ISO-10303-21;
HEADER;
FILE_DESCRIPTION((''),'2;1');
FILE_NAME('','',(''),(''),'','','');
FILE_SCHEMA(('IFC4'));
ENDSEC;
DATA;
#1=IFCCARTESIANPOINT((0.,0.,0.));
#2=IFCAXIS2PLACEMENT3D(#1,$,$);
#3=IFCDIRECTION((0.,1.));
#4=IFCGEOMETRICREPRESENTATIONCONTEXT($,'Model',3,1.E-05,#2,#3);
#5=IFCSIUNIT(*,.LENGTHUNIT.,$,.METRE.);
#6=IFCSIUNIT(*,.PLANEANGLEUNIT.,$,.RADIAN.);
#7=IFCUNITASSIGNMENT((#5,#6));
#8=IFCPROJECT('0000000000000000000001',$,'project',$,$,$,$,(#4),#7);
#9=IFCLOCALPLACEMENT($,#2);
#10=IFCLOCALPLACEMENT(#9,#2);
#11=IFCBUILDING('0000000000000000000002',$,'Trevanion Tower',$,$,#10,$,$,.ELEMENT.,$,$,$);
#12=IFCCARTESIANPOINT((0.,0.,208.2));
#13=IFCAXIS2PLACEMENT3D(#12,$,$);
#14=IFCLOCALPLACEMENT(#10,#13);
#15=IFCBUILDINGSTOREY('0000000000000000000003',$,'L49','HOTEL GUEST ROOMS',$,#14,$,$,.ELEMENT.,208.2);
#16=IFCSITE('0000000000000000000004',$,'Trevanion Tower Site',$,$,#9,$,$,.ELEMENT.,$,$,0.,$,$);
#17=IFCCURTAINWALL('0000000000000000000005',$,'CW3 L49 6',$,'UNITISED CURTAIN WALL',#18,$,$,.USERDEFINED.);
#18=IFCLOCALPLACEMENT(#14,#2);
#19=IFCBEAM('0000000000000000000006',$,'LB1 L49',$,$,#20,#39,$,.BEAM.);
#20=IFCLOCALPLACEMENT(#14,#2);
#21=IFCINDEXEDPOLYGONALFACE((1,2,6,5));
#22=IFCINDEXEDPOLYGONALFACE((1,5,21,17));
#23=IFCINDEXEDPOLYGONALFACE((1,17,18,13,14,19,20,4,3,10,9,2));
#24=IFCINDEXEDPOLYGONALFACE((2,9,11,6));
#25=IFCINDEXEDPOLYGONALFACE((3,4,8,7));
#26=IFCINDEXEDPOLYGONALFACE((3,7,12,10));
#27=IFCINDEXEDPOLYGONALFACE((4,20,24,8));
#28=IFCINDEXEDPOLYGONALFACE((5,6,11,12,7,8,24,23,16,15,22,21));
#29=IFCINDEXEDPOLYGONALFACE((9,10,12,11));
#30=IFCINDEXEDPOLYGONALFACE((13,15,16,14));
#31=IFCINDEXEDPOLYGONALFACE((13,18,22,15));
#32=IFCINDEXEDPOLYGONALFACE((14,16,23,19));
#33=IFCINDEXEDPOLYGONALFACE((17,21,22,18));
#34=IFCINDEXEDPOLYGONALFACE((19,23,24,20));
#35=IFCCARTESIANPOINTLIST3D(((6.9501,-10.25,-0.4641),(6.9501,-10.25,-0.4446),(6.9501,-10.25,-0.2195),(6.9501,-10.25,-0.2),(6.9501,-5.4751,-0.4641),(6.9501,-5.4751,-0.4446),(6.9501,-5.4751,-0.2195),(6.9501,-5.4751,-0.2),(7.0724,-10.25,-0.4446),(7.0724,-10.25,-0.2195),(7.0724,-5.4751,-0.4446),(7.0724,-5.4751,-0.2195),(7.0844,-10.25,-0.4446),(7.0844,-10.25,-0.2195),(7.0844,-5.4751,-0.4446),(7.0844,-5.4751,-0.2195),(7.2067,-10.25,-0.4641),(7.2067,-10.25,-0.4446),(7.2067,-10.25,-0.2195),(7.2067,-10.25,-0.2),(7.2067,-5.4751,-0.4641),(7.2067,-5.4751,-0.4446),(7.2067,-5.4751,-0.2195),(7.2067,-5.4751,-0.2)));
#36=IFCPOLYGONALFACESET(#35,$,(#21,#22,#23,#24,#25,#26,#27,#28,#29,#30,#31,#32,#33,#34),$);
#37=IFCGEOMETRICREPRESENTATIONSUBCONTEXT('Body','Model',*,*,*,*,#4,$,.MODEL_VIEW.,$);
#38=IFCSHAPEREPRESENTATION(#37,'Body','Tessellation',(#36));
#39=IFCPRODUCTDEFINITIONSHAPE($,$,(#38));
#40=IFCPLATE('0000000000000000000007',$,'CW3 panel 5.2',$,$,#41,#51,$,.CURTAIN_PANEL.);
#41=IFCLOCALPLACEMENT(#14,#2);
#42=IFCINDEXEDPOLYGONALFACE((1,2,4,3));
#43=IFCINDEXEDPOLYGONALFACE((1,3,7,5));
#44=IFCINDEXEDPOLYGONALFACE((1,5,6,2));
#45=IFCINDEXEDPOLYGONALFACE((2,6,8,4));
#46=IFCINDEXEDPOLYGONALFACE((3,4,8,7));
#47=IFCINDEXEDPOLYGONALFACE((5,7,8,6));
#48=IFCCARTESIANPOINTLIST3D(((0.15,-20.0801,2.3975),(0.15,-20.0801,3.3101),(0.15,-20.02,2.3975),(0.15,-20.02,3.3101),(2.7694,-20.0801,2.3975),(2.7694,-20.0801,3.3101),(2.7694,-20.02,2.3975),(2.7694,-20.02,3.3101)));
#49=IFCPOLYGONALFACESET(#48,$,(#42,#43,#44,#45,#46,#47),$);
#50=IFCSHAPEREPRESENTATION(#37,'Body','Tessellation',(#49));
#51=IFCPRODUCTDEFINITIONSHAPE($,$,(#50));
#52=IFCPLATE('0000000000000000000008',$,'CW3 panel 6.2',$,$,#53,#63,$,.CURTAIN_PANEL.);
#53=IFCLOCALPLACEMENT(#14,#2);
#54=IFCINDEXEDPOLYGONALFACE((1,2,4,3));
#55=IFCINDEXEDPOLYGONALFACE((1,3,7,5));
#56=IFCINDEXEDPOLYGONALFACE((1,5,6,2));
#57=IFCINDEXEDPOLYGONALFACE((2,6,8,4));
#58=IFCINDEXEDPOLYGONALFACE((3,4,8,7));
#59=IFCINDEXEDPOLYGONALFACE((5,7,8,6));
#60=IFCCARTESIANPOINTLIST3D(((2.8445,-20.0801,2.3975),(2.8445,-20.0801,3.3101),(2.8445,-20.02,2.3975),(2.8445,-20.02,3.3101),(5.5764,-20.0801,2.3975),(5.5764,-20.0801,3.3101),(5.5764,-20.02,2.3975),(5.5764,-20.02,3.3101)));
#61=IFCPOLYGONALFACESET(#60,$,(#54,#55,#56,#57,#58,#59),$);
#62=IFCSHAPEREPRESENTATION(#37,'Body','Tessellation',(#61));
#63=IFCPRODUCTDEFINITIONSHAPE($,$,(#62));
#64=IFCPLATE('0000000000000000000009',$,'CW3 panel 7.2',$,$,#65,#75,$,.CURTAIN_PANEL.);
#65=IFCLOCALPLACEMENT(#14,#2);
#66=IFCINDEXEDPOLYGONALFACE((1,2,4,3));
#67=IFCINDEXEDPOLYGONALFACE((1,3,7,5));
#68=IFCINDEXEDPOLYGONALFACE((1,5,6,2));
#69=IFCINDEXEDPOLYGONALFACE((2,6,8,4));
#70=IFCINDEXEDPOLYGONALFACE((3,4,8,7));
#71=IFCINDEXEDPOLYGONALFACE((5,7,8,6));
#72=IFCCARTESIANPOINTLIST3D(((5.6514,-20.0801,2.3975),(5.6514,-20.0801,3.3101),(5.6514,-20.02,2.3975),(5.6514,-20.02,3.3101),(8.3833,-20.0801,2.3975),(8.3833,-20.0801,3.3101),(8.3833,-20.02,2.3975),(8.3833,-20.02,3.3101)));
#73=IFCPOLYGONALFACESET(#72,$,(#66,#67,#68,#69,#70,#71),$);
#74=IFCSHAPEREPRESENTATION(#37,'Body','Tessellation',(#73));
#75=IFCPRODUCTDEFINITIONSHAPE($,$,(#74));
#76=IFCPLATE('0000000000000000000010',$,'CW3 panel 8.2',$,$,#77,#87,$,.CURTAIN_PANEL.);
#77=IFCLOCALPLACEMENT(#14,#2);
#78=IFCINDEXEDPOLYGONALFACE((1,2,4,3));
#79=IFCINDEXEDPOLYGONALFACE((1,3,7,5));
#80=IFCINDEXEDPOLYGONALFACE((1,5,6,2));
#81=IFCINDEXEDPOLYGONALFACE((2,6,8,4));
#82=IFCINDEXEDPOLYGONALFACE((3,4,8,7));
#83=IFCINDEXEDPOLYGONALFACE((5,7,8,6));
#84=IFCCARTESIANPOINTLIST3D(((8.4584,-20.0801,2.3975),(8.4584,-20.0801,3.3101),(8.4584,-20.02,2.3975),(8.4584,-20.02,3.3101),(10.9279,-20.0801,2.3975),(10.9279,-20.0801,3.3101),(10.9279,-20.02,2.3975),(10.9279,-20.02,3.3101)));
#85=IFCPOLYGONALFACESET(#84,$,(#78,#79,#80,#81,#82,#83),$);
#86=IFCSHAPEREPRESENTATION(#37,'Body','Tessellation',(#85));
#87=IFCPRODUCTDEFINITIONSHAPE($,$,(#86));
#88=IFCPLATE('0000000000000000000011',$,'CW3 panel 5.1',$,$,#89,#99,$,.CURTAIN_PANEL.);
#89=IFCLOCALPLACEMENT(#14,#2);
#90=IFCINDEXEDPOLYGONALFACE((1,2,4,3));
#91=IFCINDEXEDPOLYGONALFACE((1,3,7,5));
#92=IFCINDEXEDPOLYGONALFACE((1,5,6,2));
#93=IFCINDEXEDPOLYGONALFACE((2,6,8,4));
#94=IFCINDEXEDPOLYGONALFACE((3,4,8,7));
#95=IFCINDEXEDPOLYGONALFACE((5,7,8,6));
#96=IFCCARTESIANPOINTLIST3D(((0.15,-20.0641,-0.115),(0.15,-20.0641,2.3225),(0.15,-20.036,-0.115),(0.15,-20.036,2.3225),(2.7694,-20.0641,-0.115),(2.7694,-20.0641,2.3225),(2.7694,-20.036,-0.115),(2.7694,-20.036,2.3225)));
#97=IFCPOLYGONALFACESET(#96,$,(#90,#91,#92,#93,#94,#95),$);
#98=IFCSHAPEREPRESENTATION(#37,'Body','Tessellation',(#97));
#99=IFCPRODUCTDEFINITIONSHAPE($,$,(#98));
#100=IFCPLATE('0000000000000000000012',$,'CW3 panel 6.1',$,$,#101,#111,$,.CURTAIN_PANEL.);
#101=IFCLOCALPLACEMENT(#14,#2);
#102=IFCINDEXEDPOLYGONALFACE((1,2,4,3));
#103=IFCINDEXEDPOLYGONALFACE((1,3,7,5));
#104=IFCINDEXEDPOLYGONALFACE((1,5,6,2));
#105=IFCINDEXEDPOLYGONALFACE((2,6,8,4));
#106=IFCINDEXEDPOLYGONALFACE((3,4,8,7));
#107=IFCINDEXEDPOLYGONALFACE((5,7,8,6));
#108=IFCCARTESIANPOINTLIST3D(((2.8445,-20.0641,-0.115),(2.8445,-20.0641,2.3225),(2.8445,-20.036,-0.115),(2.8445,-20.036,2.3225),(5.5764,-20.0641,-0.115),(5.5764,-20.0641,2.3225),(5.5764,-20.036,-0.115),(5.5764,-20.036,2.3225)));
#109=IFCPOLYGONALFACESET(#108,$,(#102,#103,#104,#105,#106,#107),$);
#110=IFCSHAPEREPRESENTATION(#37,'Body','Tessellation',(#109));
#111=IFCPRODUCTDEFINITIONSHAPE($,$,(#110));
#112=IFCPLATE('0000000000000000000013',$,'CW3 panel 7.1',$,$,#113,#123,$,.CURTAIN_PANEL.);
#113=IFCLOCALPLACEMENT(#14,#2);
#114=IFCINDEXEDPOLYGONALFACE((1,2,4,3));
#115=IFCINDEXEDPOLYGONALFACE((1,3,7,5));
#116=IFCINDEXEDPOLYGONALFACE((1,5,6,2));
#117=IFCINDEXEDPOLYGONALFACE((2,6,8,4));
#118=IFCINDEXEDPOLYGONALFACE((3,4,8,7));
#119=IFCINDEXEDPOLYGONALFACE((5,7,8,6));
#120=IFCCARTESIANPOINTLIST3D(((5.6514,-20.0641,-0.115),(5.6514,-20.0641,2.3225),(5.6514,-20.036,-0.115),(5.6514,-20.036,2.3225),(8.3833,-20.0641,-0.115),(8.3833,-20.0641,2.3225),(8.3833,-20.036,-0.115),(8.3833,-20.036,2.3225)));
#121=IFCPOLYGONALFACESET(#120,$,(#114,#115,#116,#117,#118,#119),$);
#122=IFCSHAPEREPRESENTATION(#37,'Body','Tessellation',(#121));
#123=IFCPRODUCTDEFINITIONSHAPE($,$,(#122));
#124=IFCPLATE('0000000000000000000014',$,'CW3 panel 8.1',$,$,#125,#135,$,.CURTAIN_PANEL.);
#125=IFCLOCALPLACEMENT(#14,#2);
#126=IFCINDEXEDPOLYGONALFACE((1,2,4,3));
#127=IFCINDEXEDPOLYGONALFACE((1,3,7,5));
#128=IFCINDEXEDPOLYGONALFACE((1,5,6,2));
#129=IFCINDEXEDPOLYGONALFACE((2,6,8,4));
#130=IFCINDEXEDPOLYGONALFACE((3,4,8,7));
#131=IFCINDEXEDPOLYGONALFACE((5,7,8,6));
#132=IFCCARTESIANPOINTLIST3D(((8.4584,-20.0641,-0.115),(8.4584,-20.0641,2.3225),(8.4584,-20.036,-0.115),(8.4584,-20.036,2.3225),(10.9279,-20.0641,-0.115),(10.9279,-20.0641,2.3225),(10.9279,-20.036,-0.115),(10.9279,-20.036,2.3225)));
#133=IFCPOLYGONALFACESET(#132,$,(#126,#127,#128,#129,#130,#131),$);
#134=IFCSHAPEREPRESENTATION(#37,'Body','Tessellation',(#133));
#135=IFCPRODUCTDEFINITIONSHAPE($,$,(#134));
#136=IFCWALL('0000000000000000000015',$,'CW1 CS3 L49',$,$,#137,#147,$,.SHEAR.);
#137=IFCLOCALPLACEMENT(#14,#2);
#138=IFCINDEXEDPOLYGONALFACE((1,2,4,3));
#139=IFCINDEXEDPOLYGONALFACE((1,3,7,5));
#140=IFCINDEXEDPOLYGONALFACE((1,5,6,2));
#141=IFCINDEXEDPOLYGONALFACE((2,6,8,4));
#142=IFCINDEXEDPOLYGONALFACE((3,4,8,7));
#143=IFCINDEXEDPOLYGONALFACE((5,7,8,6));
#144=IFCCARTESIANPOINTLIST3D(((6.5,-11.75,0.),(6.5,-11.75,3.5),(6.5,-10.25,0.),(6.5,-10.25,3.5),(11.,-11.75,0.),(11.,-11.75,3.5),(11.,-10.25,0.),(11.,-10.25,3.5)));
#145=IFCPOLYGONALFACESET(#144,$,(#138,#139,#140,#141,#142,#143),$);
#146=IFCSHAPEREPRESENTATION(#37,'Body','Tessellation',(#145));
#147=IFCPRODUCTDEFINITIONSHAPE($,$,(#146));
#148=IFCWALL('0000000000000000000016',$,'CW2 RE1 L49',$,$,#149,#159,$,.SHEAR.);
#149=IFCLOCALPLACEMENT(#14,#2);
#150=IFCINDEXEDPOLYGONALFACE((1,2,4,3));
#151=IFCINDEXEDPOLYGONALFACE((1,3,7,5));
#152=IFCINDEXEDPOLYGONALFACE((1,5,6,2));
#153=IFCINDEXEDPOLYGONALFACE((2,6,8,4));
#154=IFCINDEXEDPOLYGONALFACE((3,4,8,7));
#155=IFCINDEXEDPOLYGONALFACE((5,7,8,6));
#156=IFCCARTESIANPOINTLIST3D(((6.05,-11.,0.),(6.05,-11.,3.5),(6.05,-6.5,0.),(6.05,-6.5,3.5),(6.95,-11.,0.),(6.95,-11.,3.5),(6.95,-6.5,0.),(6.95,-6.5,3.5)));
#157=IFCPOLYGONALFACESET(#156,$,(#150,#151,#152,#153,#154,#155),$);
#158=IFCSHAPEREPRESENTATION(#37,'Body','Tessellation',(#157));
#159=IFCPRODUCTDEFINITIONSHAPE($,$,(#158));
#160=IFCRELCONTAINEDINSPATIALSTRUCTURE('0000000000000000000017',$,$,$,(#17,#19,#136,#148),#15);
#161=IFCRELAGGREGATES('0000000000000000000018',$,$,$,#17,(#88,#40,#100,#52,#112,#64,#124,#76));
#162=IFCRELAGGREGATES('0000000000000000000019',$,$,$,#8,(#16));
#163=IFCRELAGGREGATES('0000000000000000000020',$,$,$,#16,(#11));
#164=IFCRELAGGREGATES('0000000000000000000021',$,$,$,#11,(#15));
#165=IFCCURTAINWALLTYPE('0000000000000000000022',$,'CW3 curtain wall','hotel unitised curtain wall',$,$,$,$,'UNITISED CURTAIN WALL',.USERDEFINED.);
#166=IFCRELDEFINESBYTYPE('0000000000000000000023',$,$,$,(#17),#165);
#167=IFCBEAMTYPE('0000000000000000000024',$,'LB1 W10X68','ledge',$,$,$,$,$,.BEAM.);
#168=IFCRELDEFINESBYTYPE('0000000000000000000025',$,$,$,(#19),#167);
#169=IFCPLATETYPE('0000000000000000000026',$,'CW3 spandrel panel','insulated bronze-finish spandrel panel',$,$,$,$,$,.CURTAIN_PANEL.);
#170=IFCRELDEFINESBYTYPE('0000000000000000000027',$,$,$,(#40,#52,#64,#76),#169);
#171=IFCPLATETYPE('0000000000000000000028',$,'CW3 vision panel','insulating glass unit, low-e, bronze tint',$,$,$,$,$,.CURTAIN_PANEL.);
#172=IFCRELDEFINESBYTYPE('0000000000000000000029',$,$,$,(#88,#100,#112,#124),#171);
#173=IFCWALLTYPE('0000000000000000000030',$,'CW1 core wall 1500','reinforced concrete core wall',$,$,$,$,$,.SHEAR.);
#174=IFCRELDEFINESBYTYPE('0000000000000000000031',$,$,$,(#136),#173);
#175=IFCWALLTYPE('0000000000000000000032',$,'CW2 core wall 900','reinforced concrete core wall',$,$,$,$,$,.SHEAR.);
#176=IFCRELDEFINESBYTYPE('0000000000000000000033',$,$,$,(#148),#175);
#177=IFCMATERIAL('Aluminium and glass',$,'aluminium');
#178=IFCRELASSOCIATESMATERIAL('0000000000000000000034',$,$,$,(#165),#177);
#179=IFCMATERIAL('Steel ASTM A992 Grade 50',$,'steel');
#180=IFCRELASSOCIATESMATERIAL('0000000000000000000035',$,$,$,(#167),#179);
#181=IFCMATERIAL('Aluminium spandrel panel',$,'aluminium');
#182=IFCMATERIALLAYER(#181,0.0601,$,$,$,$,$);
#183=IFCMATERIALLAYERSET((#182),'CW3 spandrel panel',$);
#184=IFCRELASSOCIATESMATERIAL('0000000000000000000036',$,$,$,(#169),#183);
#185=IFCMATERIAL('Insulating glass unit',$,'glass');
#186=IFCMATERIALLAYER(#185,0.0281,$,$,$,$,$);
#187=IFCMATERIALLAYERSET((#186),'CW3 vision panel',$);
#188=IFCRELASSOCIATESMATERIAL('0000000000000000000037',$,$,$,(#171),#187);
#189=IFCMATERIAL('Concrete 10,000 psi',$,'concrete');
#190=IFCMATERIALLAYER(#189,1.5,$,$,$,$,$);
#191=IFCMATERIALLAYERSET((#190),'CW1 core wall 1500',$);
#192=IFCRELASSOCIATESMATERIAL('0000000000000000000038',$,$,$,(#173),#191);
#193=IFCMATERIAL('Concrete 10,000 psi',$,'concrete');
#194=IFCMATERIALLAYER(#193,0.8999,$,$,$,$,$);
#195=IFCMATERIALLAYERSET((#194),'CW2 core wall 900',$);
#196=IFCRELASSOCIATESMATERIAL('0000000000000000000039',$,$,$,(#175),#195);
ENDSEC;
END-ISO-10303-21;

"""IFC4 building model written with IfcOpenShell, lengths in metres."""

from ifc_helpers import new_model, si_unit, direction, frame, frame_2d, origin, origin_2d, place, context, subcontext, project, spatial, rectangle, i_section, extrude, material, layer, layer_set, material_profile, profile_set, type_object, element, aggregate, save


model = new_model("IFC4")

# Units and contexts
model_context = context("Model", 3, precision=1e-05, world=origin(), true_north=direction((0.0, 1.0)))
body_context = subcontext(model_context, "Body", "Model", "MODEL_VIEW")
ifc_project = project(units=[si_unit("LENGTHUNIT", "METRE"), si_unit("PLANEANGLEUNIT", "RADIAN")], contexts=[model_context])

# Site, building, storey
site_placement = place(None, origin())
site = spatial("IfcSite", under=ifc_project, at=site_placement, Name="Trevanion Tower Site", CompositionType="ELEMENT", RefElevation=0.0)
building_placement = place(site_placement, origin())
building = spatial("IfcBuilding", under=site, at=building_placement, Name="Trevanion Tower", CompositionType="ELEMENT")
storey_placement = place(building_placement, frame((0.0, 0.0, 208.2)))
storey = spatial("IfcBuildingStorey", under=building, at=storey_placement, Name="L49", Description="HOTEL GUEST ROOMS", CompositionType="ELEMENT", Elevation=208.2)

# Curtain wall
ifc_material_1 = material(Name="Aluminium and glass", Category="aluminium")
curtain_wall_type = type_object("IfcCurtainWallType", Name="CW3 curtain wall", Description="hotel unitised curtain wall", ElementType="UNITISED CURTAIN WALL", PredefinedType="USERDEFINED", material=ifc_material_1)
curtain_wall_placement = place(storey_placement, origin())
curtain_wall = element("IfcCurtainWall", 1, at=curtain_wall_placement, inside=storey, type_object=curtain_wall_type, Name="CW3 L49 6", ObjectType="UNITISED CURTAIN WALL", PredefinedType="USERDEFINED")

# Beam
ifc_material_2 = material(Name="Steel ASTM A992 Grade 50", Category="steel")
ifc_material_profile_1 = material_profile(ifc_material_2, i_section(OverallWidth=0.2566, OverallDepth=0.2642, WebThickness=0.012, FlangeThickness=0.0195, at=origin_2d()), Name="W10X68")
ifc_profile_set_1 = profile_set([ifc_material_profile_1], Name="Steel ASTM A992 Grade 50")
beam_type_1 = type_object("IfcBeamType", Name="LB1 W10X68", Description="ledge", PredefinedType="BEAM", material=ifc_profile_set_1)
beam_placement = place(storey_placement, frame((7.0784, -10.25, -0.332), z_axis=(0.0, 1.0, 0.0), x_axis=(-1.0, 0.0, 0.0)))
element("IfcBeam", 2, at=beam_placement, inside=storey, type_object=beam_type_1, Name="LB1 L49", PredefinedType="BEAM", context=body_context, shape_type="SweptSolid", body=[
    extrude(i_section(OverallWidth=0.2566, OverallDepth=0.2642, WebThickness=0.012, FlangeThickness=0.0195, at=origin_2d()), origin(), (0.0, 0.0, 1.0), 4.7749),
])

# Plates
ifc_material_3 = material(Name="Aluminium spandrel panel", Category="aluminium")
ifc_layer_1 = layer(ifc_material_3, 0.0601)
ifc_layer_set_1 = layer_set([ifc_layer_1], Name="CW3 spandrel panel")
plate_type_1 = type_object("IfcPlateType", Name="CW3 spandrel panel", Description="insulated bronze-finish spandrel panel", PredefinedType="CURTAIN_PANEL", material=ifc_layer_set_1)
plate_1_placement = place(storey_placement, frame((1.4597, -20.05, 2.3975), z_axis=(0.0, 0.0, 1.0), x_axis=(1.0, 0.0, 0.0)))
plate_1 = element("IfcPlate", 3, at=plate_1_placement, type_object=plate_type_1, Name="CW3 panel 5.2", PredefinedType="CURTAIN_PANEL", context=body_context, shape_type="SweptSolid", body=[
    extrude(rectangle(XDim=2.6194, YDim=0.0601, at=origin_2d()), origin(), (0.0, 0.0, 1.0), 0.9126),
])
plate_2_placement = place(storey_placement, frame((4.2104, -20.05, 2.3975), z_axis=(0.0, 0.0, 1.0), x_axis=(1.0, 0.0, 0.0)))
plate_2 = element("IfcPlate", 4, at=plate_2_placement, type_object=plate_type_1, Name="CW3 panel 6.2", PredefinedType="CURTAIN_PANEL", context=body_context, shape_type="SweptSolid", body=[
    extrude(rectangle(XDim=2.7319, YDim=0.0601, at=origin_2d()), origin(), (0.0, 0.0, 1.0), 0.9126),
])
plate_3_placement = place(storey_placement, frame((7.0173, -20.05, 2.3975), z_axis=(0.0, 0.0, 1.0), x_axis=(1.0, 0.0, 0.0)))
plate_3 = element("IfcPlate", 5, at=plate_3_placement, type_object=plate_type_1, Name="CW3 panel 7.2", PredefinedType="CURTAIN_PANEL", context=body_context, shape_type="SweptSolid", body=[
    extrude(rectangle(XDim=2.7319, YDim=0.0601, at=origin_2d()), origin(), (0.0, 0.0, 1.0), 0.9126),
])
plate_4_placement = place(storey_placement, frame((9.6931, -20.05, 2.3975), z_axis=(0.0, 0.0, 1.0), x_axis=(1.0, 0.0, 0.0)))
plate_4 = element("IfcPlate", 6, at=plate_4_placement, type_object=plate_type_1, Name="CW3 panel 8.2", PredefinedType="CURTAIN_PANEL", context=body_context, shape_type="SweptSolid", body=[
    extrude(rectangle(XDim=2.4695, YDim=0.0601, at=origin_2d()), origin(), (0.0, 0.0, 1.0), 0.9126),
])
ifc_material_4 = material(Name="Insulating glass unit", Category="glass")
ifc_layer_2 = layer(ifc_material_4, 0.0281)
ifc_layer_set_2 = layer_set([ifc_layer_2], Name="CW3 vision panel")
plate_type_2 = type_object("IfcPlateType", Name="CW3 vision panel", Description="insulating glass unit, low-e, bronze tint", PredefinedType="CURTAIN_PANEL", material=ifc_layer_set_2)
plate_5_placement = place(storey_placement, frame((1.4597, -20.05, -0.115), z_axis=(0.0, 0.0, 1.0), x_axis=(1.0, 0.0, 0.0)))
plate_5 = element("IfcPlate", 7, at=plate_5_placement, type_object=plate_type_2, Name="CW3 panel 5.1", PredefinedType="CURTAIN_PANEL", context=body_context, shape_type="SweptSolid", body=[
    extrude(rectangle(XDim=2.6194, YDim=0.0281, at=origin_2d()), origin(), (0.0, 0.0, 1.0), 2.4375),
])
plate_6_placement = place(storey_placement, frame((4.2104, -20.05, -0.115), z_axis=(0.0, 0.0, 1.0), x_axis=(1.0, 0.0, 0.0)))
plate_6 = element("IfcPlate", 8, at=plate_6_placement, type_object=plate_type_2, Name="CW3 panel 6.1", PredefinedType="CURTAIN_PANEL", context=body_context, shape_type="SweptSolid", body=[
    extrude(rectangle(XDim=2.7319, YDim=0.0281, at=origin_2d()), origin(), (0.0, 0.0, 1.0), 2.4375),
])
plate_7_placement = place(storey_placement, frame((7.0173, -20.05, -0.115), z_axis=(0.0, 0.0, 1.0), x_axis=(1.0, 0.0, 0.0)))
plate_7 = element("IfcPlate", 9, at=plate_7_placement, type_object=plate_type_2, Name="CW3 panel 7.1", PredefinedType="CURTAIN_PANEL", context=body_context, shape_type="SweptSolid", body=[
    extrude(rectangle(XDim=2.7319, YDim=0.0281, at=origin_2d()), origin(), (0.0, 0.0, 1.0), 2.4375),
])
plate_8_placement = place(storey_placement, frame((9.6931, -20.05, -0.115), z_axis=(0.0, 0.0, 1.0), x_axis=(1.0, 0.0, 0.0)))
plate_8 = element("IfcPlate", 10, at=plate_8_placement, type_object=plate_type_2, Name="CW3 panel 8.1", PredefinedType="CURTAIN_PANEL", context=body_context, shape_type="SweptSolid", body=[
    extrude(rectangle(XDim=2.4695, YDim=0.0281, at=origin_2d()), origin(), (0.0, 0.0, 1.0), 2.4375),
])
aggregate(curtain_wall, [plate_5, plate_1, plate_6, plate_2, plate_7, plate_3, plate_8, plate_4])

# Walls
ifc_material_5 = material(Name="Concrete 10,000 psi", Category="concrete")
ifc_layer_3 = layer(ifc_material_5, 1.5)
ifc_layer_set_3 = layer_set([ifc_layer_3], Name="CW1 core wall 1500")
wall_type_1 = type_object("IfcWallType", Name="CW1 core wall 1500", Description="reinforced concrete core wall", PredefinedType="SHEAR", material=ifc_layer_set_3)
wall_1_placement = place(storey_placement, frame((6.5, -11.0, 0.0), z_axis=(0.0, 0.0, 1.0), x_axis=(1.0, 0.0, 0.0)))
element("IfcWall", 11, at=wall_1_placement, inside=storey, type_object=wall_type_1, Name="CW1 CS3 L49", PredefinedType="SHEAR", context=body_context, shape_type="SweptSolid", body=[
    extrude(rectangle(XDim=4.5, YDim=1.5, at=frame_2d((2.25, 0.0))), origin(), (0.0, 0.0, 1.0), 3.5),
])
ifc_material_6 = material(Name="Concrete 10,000 psi", Category="concrete")
ifc_layer_4 = layer(ifc_material_6, 0.8999)
ifc_layer_set_4 = layer_set([ifc_layer_4], Name="CW2 core wall 900")
wall_type_2 = type_object("IfcWallType", Name="CW2 core wall 900", Description="reinforced concrete core wall", PredefinedType="SHEAR", material=ifc_layer_set_4)
wall_2_placement = place(storey_placement, frame((6.5, -11.0, 0.0), z_axis=(0.0, 0.0, 1.0), x_axis=(0.0, 1.0, 0.0)))
element("IfcWall", 12, at=wall_2_placement, inside=storey, type_object=wall_type_2, Name="CW2 RE1 L49", PredefinedType="SHEAR", context=body_context, shape_type="SweptSolid", body=[
    extrude(rectangle(XDim=4.5, YDim=0.8999, at=frame_2d((2.25, 0.0))), origin(), (0.0, 0.0, 1.0), 3.5),
])

save(model, "model.ifc")
